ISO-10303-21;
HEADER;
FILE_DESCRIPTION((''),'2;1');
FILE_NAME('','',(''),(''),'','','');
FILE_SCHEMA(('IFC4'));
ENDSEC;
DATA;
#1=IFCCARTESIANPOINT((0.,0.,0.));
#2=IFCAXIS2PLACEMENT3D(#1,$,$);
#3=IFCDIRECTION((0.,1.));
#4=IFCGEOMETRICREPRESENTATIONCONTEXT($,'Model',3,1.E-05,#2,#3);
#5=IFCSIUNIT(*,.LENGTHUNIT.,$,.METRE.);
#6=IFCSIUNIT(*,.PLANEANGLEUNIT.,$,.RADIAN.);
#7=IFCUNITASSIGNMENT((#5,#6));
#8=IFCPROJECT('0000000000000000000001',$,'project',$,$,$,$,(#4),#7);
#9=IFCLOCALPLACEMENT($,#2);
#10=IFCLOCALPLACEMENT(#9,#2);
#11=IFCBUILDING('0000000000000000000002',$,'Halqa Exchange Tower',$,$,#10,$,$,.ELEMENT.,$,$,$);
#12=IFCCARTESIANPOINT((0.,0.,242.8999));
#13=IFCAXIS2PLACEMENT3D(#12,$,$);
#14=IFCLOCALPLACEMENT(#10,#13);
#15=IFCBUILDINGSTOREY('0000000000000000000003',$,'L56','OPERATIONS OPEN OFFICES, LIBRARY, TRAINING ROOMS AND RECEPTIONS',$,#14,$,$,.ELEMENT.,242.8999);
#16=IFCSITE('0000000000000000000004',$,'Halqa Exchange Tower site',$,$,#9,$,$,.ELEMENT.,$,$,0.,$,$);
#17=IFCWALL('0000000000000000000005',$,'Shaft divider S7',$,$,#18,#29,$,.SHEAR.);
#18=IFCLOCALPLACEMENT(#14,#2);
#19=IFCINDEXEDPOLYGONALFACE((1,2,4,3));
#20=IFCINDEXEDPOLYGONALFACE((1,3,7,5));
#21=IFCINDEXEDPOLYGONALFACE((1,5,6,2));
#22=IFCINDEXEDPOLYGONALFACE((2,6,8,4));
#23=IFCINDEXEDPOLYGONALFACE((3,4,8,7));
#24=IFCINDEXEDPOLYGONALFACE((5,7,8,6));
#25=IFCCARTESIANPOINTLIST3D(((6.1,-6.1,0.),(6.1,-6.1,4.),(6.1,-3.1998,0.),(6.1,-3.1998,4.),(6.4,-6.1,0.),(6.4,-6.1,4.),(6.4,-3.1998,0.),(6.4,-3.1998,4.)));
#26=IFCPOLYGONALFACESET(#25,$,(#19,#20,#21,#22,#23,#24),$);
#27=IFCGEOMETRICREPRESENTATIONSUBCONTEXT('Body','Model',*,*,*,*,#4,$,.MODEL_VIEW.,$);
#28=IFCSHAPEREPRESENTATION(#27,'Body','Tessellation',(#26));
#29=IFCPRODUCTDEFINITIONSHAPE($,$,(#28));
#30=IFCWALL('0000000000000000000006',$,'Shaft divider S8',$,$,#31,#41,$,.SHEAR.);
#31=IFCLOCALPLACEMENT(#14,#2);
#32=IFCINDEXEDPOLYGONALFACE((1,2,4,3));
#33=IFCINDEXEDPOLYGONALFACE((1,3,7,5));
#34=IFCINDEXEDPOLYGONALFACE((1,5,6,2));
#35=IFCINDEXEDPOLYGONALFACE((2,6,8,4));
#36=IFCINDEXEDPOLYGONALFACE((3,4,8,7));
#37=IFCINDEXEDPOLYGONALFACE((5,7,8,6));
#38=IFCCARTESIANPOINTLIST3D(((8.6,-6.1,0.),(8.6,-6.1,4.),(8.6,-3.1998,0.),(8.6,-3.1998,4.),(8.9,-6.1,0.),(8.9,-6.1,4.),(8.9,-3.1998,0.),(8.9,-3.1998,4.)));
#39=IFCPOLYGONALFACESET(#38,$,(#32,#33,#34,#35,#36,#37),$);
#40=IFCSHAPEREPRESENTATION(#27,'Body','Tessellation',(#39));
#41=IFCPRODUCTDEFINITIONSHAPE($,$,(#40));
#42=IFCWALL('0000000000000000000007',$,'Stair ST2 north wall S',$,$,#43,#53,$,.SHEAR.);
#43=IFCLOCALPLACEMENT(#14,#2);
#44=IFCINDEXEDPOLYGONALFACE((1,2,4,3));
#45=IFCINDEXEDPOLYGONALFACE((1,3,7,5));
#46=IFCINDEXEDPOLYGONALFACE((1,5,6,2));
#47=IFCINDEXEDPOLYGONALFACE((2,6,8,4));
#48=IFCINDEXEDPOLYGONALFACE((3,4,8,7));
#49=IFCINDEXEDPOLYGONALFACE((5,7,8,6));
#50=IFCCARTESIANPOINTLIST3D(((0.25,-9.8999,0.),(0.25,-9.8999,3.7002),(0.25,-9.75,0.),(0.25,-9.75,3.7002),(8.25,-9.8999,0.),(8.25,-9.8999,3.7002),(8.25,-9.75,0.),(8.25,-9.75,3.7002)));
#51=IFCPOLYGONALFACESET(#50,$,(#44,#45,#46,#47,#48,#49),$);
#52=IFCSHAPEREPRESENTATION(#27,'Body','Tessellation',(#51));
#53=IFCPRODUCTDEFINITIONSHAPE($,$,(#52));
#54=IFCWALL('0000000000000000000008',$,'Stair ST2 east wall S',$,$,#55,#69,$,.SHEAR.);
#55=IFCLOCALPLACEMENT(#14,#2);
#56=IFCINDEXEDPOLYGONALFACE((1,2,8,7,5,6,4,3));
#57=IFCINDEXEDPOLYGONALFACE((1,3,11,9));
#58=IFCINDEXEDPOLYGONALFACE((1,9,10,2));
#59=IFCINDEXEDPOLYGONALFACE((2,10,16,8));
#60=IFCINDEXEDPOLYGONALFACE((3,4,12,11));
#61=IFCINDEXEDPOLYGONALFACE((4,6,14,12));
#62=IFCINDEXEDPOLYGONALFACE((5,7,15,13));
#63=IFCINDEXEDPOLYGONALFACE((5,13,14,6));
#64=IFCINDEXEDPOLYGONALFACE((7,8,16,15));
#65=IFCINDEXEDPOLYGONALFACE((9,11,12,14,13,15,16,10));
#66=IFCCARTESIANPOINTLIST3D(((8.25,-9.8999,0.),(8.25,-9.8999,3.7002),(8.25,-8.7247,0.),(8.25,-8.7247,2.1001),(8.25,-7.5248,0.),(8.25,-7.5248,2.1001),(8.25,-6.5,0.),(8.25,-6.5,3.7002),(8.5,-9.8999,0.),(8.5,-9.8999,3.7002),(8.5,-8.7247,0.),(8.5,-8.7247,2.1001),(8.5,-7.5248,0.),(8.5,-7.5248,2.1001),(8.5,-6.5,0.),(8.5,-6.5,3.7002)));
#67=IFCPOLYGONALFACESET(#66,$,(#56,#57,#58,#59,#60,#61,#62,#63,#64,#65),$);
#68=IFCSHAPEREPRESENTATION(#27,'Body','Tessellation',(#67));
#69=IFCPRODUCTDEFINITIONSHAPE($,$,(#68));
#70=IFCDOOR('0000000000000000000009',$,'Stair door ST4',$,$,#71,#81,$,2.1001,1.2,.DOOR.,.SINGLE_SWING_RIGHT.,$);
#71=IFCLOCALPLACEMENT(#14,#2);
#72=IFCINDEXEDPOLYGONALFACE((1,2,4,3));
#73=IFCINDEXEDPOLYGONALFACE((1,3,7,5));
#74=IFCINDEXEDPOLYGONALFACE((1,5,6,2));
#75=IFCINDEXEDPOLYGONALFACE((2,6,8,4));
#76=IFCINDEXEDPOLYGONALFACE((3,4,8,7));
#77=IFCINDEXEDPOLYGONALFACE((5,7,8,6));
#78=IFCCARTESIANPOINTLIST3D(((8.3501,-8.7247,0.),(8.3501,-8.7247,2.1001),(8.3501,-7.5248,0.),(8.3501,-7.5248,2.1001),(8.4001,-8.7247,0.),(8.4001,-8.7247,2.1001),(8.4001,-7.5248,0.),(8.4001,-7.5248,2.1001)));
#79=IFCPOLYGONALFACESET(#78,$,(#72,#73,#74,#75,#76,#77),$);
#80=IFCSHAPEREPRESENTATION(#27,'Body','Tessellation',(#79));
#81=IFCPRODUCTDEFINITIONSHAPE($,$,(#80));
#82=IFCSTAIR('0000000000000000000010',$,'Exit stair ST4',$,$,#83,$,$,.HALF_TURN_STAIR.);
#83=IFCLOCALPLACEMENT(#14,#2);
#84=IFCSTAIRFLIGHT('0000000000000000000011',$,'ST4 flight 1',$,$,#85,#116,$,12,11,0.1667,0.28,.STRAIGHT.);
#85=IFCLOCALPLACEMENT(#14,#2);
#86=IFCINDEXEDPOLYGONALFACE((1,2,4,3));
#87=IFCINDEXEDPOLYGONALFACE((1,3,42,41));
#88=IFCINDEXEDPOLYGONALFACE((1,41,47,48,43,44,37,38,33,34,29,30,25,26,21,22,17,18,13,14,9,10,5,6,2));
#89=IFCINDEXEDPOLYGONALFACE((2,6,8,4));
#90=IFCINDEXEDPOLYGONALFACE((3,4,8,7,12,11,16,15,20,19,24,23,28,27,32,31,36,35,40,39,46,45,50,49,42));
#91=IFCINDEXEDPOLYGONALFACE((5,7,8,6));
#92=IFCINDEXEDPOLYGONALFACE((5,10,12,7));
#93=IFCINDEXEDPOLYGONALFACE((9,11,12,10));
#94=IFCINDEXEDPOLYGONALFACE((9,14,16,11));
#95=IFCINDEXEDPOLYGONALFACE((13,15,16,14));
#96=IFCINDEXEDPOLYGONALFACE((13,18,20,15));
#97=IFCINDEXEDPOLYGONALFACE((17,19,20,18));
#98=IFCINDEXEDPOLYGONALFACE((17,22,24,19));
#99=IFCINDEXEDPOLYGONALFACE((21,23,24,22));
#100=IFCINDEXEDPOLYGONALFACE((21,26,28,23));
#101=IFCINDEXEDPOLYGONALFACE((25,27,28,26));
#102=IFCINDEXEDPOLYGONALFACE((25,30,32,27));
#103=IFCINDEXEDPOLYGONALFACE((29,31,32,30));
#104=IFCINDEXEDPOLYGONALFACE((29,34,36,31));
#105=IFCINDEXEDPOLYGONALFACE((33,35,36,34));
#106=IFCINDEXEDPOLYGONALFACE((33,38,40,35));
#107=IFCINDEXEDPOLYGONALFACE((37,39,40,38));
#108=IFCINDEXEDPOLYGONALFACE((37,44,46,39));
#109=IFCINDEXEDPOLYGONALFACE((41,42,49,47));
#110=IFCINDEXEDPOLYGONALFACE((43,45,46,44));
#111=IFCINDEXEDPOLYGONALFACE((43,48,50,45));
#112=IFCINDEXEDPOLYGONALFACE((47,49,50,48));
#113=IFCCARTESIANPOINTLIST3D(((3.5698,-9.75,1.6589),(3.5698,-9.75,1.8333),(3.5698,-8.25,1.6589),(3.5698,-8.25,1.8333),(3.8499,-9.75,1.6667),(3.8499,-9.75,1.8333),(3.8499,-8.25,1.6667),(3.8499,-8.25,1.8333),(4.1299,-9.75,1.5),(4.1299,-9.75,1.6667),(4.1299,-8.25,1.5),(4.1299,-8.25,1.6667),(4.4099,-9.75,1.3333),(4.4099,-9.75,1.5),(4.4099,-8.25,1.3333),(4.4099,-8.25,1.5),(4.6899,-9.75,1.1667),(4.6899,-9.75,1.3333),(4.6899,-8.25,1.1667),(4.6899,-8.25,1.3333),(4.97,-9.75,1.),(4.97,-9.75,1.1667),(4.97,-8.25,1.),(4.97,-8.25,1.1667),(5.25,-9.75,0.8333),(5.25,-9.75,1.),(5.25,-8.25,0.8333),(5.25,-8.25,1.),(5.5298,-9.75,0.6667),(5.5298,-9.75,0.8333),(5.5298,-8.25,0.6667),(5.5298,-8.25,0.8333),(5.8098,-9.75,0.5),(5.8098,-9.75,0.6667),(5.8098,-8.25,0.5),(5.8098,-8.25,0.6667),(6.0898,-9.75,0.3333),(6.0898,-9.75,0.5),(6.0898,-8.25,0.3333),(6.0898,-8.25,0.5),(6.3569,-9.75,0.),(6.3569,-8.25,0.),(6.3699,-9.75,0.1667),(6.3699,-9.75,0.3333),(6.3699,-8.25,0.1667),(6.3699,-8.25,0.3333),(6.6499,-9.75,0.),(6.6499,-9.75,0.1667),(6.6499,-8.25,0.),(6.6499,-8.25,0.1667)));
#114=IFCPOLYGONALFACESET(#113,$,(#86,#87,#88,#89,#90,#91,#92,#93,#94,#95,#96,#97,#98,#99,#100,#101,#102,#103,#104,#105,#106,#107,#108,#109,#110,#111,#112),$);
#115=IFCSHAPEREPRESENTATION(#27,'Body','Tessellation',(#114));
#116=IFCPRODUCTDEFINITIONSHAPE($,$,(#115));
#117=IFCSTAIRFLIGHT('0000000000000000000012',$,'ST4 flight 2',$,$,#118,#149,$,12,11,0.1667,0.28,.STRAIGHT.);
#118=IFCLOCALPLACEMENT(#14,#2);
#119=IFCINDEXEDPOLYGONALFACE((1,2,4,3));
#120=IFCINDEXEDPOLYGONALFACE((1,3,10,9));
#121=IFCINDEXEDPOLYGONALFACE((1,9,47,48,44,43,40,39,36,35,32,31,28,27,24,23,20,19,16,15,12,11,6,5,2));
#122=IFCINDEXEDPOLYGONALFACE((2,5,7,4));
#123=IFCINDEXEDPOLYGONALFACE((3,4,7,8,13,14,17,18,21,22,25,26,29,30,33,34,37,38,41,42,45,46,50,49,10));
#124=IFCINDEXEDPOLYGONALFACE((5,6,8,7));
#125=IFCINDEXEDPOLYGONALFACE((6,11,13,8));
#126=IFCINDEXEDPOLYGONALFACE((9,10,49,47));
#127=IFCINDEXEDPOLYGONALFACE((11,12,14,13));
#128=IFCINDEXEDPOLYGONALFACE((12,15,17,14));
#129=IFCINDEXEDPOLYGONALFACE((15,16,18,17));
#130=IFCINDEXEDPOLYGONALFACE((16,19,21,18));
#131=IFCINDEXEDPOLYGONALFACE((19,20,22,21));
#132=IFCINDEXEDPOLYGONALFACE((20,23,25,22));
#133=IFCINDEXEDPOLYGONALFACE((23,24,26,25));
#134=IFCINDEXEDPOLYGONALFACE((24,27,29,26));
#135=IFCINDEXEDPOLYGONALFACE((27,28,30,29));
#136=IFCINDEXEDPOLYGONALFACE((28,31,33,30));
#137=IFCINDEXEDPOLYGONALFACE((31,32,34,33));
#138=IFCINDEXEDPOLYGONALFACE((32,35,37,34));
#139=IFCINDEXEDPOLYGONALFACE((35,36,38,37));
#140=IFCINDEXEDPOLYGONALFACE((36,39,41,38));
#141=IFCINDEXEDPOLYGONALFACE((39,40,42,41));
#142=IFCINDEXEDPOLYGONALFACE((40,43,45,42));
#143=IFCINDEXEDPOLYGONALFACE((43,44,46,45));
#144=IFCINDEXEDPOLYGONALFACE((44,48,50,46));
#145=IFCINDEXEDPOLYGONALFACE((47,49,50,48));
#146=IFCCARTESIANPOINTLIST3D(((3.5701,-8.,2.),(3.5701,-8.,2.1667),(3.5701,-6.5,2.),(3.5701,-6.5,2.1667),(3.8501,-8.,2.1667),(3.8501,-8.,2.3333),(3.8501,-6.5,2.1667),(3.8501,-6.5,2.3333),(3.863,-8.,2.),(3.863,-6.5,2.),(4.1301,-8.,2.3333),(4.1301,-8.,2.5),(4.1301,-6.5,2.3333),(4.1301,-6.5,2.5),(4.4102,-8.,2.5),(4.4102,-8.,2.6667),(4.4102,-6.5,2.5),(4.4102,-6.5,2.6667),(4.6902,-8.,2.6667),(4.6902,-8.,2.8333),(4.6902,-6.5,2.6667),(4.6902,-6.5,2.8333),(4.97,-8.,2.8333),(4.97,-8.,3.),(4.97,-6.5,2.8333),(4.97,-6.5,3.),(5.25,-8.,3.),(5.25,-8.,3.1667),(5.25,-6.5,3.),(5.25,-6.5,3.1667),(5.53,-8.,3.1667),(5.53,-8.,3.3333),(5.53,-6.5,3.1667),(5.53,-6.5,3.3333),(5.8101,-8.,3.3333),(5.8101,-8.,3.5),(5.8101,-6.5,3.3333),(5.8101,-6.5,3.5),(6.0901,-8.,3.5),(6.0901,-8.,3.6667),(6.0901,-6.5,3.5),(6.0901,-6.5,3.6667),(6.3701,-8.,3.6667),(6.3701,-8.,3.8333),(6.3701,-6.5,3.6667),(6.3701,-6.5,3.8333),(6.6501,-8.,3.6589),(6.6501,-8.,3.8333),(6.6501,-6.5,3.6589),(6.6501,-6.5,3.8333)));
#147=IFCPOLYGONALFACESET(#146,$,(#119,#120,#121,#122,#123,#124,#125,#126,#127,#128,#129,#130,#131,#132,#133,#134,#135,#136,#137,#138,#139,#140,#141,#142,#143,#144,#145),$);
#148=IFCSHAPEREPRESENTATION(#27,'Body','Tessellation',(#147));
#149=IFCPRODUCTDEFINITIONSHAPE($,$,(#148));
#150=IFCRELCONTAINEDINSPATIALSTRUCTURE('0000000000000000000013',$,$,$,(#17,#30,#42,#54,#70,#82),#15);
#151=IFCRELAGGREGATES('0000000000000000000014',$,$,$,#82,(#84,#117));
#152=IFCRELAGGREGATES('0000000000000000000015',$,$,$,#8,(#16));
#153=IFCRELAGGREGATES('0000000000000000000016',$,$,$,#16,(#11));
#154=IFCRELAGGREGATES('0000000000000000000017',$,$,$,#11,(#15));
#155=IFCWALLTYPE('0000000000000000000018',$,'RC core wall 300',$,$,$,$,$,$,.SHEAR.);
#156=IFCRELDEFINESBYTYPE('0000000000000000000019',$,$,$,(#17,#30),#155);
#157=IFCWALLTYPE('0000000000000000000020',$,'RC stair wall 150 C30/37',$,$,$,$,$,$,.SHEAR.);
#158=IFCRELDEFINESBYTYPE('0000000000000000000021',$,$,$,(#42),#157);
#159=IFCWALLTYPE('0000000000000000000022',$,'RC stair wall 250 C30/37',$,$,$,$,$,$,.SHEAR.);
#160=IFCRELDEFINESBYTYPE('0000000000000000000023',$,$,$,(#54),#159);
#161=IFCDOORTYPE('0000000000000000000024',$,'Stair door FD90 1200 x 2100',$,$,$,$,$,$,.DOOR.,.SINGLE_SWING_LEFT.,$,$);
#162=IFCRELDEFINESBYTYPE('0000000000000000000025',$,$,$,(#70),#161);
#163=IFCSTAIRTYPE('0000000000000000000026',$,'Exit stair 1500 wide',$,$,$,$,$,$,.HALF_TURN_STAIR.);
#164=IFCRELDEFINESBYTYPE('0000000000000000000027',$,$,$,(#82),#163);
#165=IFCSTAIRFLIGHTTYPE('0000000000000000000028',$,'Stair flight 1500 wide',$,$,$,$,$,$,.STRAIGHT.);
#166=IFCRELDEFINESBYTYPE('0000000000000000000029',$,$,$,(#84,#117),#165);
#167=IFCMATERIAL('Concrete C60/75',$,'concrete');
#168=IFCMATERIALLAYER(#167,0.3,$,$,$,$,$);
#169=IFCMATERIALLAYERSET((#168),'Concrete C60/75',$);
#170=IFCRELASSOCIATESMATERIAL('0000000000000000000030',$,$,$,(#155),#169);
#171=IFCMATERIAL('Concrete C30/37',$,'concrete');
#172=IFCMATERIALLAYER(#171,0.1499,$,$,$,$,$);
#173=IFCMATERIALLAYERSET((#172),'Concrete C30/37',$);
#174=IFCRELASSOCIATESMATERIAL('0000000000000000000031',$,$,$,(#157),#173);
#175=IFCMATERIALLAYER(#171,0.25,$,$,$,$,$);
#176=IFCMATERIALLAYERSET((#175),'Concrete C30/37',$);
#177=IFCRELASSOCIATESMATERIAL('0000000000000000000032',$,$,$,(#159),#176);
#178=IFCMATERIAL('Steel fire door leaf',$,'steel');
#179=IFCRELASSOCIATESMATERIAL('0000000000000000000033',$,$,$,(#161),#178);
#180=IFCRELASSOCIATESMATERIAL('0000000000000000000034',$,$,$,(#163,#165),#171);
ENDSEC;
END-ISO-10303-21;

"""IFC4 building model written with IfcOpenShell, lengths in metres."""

from ifc_helpers import new_model, si_unit, direction, frame, frame_2d, origin, place, context, subcontext, project, spatial, polyline, rectangle, outline, extrude, material, layer, layer_set, type_object, element, fill, aggregate, save


model = new_model("IFC4")

# Units and contexts
model_context = context("Model", 3, precision=1e-05, world=origin(), true_north=direction((0.0, 1.0)))
body_context = subcontext(model_context, "Body", "Model", "MODEL_VIEW")
ifc_project = project(units=[si_unit("LENGTHUNIT", "METRE"), si_unit("PLANEANGLEUNIT", "RADIAN")], contexts=[model_context])

# Site, building, storey
site_placement = place(None, origin())
site = spatial("IfcSite", under=ifc_project, at=site_placement, Name="Halqa Exchange Tower site", CompositionType="ELEMENT", RefElevation=0.0)
building_placement = place(site_placement, origin())
building = spatial("IfcBuilding", under=site, at=building_placement, Name="Halqa Exchange Tower", CompositionType="ELEMENT")
storey_placement = place(building_placement, frame((0.0, 0.0, 242.8999)))
storey = spatial("IfcBuildingStorey", under=building, at=storey_placement, Name="L56", Description="OPERATIONS OPEN OFFICES, LIBRARY, TRAINING ROOMS AND RECEPTIONS", CompositionType="ELEMENT", Elevation=242.8999)

# Shared definitions
ifc_material_1 = material(Name="Concrete C60/75", Category="concrete")

# Walls
ifc_layer_1 = layer(ifc_material_1, 0.3)
ifc_layer_set_1 = layer_set([ifc_layer_1], Name="Concrete C60/75")
wall_type_1 = type_object("IfcWallType", Name="RC core wall 300", PredefinedType="SHEAR", material=ifc_layer_set_1)
for number, where, z_axis, x_axis, name in (
    (1, (6.25, -6.1001, 0.0), (0.0, 0.0, 1.0), (0.0, 1.0, 0.0), "Shaft divider S7"),
    (2, (8.75, -6.1001, 0.0), (0.0, 0.0, 1.0), (0.0, 1.0, 0.0), "Shaft divider S8"),
):
    element("IfcWall", number, at=place(storey_placement, frame(where, z_axis=z_axis, x_axis=x_axis)), inside=storey, type_object=wall_type_1, Name=name, PredefinedType="SHEAR", context=body_context, shape_type="SweptSolid", body=[
        extrude(rectangle(XDim=2.9001, YDim=0.3, at=frame_2d((1.4502, 0.0))), origin(), (0.0, 0.0, 1.0), 4.0),
    ])
ifc_material_2 = material(Name="Concrete C30/37", Category="concrete")
ifc_layer_2 = layer(ifc_material_2, 0.1499)
ifc_layer_set_2 = layer_set([ifc_layer_2], Name="Concrete C30/37")
wall_type_2 = type_object("IfcWallType", Name="RC stair wall 150 C30/37", PredefinedType="SHEAR", material=ifc_layer_set_2)
wall_1_placement = place(storey_placement, frame((0.25, -9.825, 0.0), z_axis=(0.0, 0.0, 1.0), x_axis=(1.0, 0.0, 0.0)))
element("IfcWall", 3, at=wall_1_placement, inside=storey, type_object=wall_type_2, Name="Stair ST2 north wall S", PredefinedType="SHEAR", context=body_context, shape_type="SweptSolid", body=[
    extrude(rectangle(XDim=8.0, YDim=0.1499, at=frame_2d((4.0, 0.0))), origin(), (0.0, 0.0, 1.0), 3.7002),
])

# Wall, opening, door
ifc_layer_3 = layer(ifc_material_2, 0.25)
ifc_layer_set_3 = layer_set([ifc_layer_3], Name="Concrete C30/37")
wall_type_3 = type_object("IfcWallType", Name="RC stair wall 250 C30/37", PredefinedType="SHEAR", material=ifc_layer_set_3)
wall_2_placement = place(storey_placement, frame((8.375, -9.8999, 0.0), z_axis=(0.0, 0.0, 1.0), x_axis=(0.0, 1.0, 0.0)))
wall_2 = element("IfcWall", 4, at=wall_2_placement, inside=storey, type_object=wall_type_3, Name="Stair ST2 east wall S", PredefinedType="SHEAR", context=body_context, shape_type="SweptSolid", body=[
    extrude(rectangle(XDim=3.3999, YDim=0.25, at=frame_2d((1.7, 0.0))), origin(), (0.0, 0.0, 1.0), 3.7002),
])
opening_placement = place(wall_2_placement, frame((1.175, 0.0, 0.0)))
opening = element("IfcOpeningElement", 5, at=opening_placement, cuts=wall_2, PredefinedType="OPENING", context=body_context, shape_type="SweptSolid", body=[
    extrude(rectangle(XDim=1.2, YDim=2.1001, at=frame_2d((0.6001, 1.05))), frame((0.0, 0.137, 0.0), z_axis=(0.0, -1.0, 0.0), x_axis=(1.0, 0.0, 0.0)), (0.0, 0.0, 1.0), 0.2739),
])
ifc_material_3 = material(Name="Steel fire door leaf", Category="steel")
door_type = type_object("IfcDoorType", Name="Stair door FD90 1200 x 2100", OperationType="SINGLE_SWING_LEFT", PredefinedType="DOOR", material=ifc_material_3)
door_placement = place(opening_placement, origin())
door = element("IfcDoor", 6, at=door_placement, inside=storey, type_object=door_type, Name="Stair door ST4", OperationType="SINGLE_SWING_RIGHT", OverallHeight=2.1001, OverallWidth=1.2, PredefinedType="DOOR", context=body_context, shape_type="SweptSolid", body=[
    extrude(rectangle(XDim=1.2, YDim=2.1001, at=frame_2d((0.6001, 1.05))), frame((0.0, 0.0249, 0.0), z_axis=(0.0, -1.0, 0.0), x_axis=(1.0, 0.0, 0.0)), (0.0, 0.0, 1.0), 0.05),
])
fill(opening, door)

# Stair, stair flights
stair_type = type_object("IfcStairType", Name="Exit stair 1500 wide", PredefinedType="HALF_TURN_STAIR", material=ifc_material_2)
stair_placement = place(storey_placement, origin())
stair = element("IfcStair", 7, at=stair_placement, inside=storey, type_object=stair_type, Name="Exit stair ST4", PredefinedType="HALF_TURN_STAIR")
stair_flight_type = type_object("IfcStairFlightType", Name="Stair flight 1500 wide", PredefinedType="STRAIGHT", material=ifc_material_2)
stair_flight_1_placement = place(storey_placement, frame((6.6499, -9.0, 0.0), z_axis=(0.0, 0.0, 1.0), x_axis=(-1.0, 0.0, 0.0)))
stair_flight_1 = element("IfcStairFlight", 8, at=stair_flight_1_placement, type_object=stair_flight_type, Name="ST4 flight 1", NumberOfRisers=12, NumberOfTreads=11, PredefinedType="STRAIGHT", RiserHeight=0.1667, TreadLength=0.28, context=body_context, shape_type="SweptSolid", body=[
    extrude(outline(polyline([(0.0, 0.0), (0.0, 0.1667), (0.28, 0.1667), (0.28, 0.3333), (0.5601, 0.3333), (0.5601, 0.5), (0.8401, 0.5), (0.8401, 0.6667), (1.1201, 0.6667), (1.1201, 0.8333), (1.3999, 0.8333), (1.3999, 1.0), (1.6799, 1.0), (1.6799, 1.1667), (1.96, 1.1667), (1.96, 1.3333), (2.24, 1.3333), (2.24, 1.5), (2.52, 1.5), (2.52, 1.6667), (2.8, 1.6667), (2.8, 1.8333), (3.0801, 1.8333), (3.0801, 2.0), (3.0801, 1.6589), (0.293, 0.0), (0.0, 0.0)])), frame((0.0, 0.75, 0.0), z_axis=(0.0, -1.0, 0.0), x_axis=(1.0, 0.0, 0.0)), (0.0, 0.0, 1.0), 1.5),
])
stair_flight_2_placement = place(storey_placement, frame((3.5701, -7.25, 2.0), z_axis=(0.0, 0.0, 1.0), x_axis=(1.0, 0.0, 0.0)))
stair_flight_2 = element("IfcStairFlight", 9, at=stair_flight_2_placement, type_object=stair_flight_type, Name="ST4 flight 2", NumberOfRisers=12, NumberOfTreads=11, PredefinedType="STRAIGHT", RiserHeight=0.1667, TreadLength=0.28, context=body_context, shape_type="SweptSolid", body=[
    extrude(outline(polyline([(0.0, 0.0), (0.0, 0.1667), (0.28, 0.1667), (0.28, 0.3333), (0.5601, 0.3333), (0.5601, 0.5), (0.8401, 0.5), (0.8401, 0.6667), (1.1201, 0.6667), (1.1201, 0.8333), (1.3999, 0.8333), (1.3999, 1.0), (1.6799, 1.0), (1.6799, 1.1667), (1.96, 1.1667), (1.96, 1.3333), (2.24, 1.3333), (2.24, 1.5), (2.52, 1.5), (2.52, 1.6667), (2.8, 1.6667), (2.8, 1.8333), (3.0801, 1.8333), (3.0801, 2.0), (3.0801, 1.6589), (0.293, 0.0), (0.0, 0.0)])), frame((0.0, 0.75, 0.0), z_axis=(0.0, -1.0, 0.0), x_axis=(1.0, 0.0, 0.0)), (0.0, 0.0, 1.0), 1.5),
])
aggregate(stair, [stair_flight_1, stair_flight_2])

save(model, "model.ifc")
